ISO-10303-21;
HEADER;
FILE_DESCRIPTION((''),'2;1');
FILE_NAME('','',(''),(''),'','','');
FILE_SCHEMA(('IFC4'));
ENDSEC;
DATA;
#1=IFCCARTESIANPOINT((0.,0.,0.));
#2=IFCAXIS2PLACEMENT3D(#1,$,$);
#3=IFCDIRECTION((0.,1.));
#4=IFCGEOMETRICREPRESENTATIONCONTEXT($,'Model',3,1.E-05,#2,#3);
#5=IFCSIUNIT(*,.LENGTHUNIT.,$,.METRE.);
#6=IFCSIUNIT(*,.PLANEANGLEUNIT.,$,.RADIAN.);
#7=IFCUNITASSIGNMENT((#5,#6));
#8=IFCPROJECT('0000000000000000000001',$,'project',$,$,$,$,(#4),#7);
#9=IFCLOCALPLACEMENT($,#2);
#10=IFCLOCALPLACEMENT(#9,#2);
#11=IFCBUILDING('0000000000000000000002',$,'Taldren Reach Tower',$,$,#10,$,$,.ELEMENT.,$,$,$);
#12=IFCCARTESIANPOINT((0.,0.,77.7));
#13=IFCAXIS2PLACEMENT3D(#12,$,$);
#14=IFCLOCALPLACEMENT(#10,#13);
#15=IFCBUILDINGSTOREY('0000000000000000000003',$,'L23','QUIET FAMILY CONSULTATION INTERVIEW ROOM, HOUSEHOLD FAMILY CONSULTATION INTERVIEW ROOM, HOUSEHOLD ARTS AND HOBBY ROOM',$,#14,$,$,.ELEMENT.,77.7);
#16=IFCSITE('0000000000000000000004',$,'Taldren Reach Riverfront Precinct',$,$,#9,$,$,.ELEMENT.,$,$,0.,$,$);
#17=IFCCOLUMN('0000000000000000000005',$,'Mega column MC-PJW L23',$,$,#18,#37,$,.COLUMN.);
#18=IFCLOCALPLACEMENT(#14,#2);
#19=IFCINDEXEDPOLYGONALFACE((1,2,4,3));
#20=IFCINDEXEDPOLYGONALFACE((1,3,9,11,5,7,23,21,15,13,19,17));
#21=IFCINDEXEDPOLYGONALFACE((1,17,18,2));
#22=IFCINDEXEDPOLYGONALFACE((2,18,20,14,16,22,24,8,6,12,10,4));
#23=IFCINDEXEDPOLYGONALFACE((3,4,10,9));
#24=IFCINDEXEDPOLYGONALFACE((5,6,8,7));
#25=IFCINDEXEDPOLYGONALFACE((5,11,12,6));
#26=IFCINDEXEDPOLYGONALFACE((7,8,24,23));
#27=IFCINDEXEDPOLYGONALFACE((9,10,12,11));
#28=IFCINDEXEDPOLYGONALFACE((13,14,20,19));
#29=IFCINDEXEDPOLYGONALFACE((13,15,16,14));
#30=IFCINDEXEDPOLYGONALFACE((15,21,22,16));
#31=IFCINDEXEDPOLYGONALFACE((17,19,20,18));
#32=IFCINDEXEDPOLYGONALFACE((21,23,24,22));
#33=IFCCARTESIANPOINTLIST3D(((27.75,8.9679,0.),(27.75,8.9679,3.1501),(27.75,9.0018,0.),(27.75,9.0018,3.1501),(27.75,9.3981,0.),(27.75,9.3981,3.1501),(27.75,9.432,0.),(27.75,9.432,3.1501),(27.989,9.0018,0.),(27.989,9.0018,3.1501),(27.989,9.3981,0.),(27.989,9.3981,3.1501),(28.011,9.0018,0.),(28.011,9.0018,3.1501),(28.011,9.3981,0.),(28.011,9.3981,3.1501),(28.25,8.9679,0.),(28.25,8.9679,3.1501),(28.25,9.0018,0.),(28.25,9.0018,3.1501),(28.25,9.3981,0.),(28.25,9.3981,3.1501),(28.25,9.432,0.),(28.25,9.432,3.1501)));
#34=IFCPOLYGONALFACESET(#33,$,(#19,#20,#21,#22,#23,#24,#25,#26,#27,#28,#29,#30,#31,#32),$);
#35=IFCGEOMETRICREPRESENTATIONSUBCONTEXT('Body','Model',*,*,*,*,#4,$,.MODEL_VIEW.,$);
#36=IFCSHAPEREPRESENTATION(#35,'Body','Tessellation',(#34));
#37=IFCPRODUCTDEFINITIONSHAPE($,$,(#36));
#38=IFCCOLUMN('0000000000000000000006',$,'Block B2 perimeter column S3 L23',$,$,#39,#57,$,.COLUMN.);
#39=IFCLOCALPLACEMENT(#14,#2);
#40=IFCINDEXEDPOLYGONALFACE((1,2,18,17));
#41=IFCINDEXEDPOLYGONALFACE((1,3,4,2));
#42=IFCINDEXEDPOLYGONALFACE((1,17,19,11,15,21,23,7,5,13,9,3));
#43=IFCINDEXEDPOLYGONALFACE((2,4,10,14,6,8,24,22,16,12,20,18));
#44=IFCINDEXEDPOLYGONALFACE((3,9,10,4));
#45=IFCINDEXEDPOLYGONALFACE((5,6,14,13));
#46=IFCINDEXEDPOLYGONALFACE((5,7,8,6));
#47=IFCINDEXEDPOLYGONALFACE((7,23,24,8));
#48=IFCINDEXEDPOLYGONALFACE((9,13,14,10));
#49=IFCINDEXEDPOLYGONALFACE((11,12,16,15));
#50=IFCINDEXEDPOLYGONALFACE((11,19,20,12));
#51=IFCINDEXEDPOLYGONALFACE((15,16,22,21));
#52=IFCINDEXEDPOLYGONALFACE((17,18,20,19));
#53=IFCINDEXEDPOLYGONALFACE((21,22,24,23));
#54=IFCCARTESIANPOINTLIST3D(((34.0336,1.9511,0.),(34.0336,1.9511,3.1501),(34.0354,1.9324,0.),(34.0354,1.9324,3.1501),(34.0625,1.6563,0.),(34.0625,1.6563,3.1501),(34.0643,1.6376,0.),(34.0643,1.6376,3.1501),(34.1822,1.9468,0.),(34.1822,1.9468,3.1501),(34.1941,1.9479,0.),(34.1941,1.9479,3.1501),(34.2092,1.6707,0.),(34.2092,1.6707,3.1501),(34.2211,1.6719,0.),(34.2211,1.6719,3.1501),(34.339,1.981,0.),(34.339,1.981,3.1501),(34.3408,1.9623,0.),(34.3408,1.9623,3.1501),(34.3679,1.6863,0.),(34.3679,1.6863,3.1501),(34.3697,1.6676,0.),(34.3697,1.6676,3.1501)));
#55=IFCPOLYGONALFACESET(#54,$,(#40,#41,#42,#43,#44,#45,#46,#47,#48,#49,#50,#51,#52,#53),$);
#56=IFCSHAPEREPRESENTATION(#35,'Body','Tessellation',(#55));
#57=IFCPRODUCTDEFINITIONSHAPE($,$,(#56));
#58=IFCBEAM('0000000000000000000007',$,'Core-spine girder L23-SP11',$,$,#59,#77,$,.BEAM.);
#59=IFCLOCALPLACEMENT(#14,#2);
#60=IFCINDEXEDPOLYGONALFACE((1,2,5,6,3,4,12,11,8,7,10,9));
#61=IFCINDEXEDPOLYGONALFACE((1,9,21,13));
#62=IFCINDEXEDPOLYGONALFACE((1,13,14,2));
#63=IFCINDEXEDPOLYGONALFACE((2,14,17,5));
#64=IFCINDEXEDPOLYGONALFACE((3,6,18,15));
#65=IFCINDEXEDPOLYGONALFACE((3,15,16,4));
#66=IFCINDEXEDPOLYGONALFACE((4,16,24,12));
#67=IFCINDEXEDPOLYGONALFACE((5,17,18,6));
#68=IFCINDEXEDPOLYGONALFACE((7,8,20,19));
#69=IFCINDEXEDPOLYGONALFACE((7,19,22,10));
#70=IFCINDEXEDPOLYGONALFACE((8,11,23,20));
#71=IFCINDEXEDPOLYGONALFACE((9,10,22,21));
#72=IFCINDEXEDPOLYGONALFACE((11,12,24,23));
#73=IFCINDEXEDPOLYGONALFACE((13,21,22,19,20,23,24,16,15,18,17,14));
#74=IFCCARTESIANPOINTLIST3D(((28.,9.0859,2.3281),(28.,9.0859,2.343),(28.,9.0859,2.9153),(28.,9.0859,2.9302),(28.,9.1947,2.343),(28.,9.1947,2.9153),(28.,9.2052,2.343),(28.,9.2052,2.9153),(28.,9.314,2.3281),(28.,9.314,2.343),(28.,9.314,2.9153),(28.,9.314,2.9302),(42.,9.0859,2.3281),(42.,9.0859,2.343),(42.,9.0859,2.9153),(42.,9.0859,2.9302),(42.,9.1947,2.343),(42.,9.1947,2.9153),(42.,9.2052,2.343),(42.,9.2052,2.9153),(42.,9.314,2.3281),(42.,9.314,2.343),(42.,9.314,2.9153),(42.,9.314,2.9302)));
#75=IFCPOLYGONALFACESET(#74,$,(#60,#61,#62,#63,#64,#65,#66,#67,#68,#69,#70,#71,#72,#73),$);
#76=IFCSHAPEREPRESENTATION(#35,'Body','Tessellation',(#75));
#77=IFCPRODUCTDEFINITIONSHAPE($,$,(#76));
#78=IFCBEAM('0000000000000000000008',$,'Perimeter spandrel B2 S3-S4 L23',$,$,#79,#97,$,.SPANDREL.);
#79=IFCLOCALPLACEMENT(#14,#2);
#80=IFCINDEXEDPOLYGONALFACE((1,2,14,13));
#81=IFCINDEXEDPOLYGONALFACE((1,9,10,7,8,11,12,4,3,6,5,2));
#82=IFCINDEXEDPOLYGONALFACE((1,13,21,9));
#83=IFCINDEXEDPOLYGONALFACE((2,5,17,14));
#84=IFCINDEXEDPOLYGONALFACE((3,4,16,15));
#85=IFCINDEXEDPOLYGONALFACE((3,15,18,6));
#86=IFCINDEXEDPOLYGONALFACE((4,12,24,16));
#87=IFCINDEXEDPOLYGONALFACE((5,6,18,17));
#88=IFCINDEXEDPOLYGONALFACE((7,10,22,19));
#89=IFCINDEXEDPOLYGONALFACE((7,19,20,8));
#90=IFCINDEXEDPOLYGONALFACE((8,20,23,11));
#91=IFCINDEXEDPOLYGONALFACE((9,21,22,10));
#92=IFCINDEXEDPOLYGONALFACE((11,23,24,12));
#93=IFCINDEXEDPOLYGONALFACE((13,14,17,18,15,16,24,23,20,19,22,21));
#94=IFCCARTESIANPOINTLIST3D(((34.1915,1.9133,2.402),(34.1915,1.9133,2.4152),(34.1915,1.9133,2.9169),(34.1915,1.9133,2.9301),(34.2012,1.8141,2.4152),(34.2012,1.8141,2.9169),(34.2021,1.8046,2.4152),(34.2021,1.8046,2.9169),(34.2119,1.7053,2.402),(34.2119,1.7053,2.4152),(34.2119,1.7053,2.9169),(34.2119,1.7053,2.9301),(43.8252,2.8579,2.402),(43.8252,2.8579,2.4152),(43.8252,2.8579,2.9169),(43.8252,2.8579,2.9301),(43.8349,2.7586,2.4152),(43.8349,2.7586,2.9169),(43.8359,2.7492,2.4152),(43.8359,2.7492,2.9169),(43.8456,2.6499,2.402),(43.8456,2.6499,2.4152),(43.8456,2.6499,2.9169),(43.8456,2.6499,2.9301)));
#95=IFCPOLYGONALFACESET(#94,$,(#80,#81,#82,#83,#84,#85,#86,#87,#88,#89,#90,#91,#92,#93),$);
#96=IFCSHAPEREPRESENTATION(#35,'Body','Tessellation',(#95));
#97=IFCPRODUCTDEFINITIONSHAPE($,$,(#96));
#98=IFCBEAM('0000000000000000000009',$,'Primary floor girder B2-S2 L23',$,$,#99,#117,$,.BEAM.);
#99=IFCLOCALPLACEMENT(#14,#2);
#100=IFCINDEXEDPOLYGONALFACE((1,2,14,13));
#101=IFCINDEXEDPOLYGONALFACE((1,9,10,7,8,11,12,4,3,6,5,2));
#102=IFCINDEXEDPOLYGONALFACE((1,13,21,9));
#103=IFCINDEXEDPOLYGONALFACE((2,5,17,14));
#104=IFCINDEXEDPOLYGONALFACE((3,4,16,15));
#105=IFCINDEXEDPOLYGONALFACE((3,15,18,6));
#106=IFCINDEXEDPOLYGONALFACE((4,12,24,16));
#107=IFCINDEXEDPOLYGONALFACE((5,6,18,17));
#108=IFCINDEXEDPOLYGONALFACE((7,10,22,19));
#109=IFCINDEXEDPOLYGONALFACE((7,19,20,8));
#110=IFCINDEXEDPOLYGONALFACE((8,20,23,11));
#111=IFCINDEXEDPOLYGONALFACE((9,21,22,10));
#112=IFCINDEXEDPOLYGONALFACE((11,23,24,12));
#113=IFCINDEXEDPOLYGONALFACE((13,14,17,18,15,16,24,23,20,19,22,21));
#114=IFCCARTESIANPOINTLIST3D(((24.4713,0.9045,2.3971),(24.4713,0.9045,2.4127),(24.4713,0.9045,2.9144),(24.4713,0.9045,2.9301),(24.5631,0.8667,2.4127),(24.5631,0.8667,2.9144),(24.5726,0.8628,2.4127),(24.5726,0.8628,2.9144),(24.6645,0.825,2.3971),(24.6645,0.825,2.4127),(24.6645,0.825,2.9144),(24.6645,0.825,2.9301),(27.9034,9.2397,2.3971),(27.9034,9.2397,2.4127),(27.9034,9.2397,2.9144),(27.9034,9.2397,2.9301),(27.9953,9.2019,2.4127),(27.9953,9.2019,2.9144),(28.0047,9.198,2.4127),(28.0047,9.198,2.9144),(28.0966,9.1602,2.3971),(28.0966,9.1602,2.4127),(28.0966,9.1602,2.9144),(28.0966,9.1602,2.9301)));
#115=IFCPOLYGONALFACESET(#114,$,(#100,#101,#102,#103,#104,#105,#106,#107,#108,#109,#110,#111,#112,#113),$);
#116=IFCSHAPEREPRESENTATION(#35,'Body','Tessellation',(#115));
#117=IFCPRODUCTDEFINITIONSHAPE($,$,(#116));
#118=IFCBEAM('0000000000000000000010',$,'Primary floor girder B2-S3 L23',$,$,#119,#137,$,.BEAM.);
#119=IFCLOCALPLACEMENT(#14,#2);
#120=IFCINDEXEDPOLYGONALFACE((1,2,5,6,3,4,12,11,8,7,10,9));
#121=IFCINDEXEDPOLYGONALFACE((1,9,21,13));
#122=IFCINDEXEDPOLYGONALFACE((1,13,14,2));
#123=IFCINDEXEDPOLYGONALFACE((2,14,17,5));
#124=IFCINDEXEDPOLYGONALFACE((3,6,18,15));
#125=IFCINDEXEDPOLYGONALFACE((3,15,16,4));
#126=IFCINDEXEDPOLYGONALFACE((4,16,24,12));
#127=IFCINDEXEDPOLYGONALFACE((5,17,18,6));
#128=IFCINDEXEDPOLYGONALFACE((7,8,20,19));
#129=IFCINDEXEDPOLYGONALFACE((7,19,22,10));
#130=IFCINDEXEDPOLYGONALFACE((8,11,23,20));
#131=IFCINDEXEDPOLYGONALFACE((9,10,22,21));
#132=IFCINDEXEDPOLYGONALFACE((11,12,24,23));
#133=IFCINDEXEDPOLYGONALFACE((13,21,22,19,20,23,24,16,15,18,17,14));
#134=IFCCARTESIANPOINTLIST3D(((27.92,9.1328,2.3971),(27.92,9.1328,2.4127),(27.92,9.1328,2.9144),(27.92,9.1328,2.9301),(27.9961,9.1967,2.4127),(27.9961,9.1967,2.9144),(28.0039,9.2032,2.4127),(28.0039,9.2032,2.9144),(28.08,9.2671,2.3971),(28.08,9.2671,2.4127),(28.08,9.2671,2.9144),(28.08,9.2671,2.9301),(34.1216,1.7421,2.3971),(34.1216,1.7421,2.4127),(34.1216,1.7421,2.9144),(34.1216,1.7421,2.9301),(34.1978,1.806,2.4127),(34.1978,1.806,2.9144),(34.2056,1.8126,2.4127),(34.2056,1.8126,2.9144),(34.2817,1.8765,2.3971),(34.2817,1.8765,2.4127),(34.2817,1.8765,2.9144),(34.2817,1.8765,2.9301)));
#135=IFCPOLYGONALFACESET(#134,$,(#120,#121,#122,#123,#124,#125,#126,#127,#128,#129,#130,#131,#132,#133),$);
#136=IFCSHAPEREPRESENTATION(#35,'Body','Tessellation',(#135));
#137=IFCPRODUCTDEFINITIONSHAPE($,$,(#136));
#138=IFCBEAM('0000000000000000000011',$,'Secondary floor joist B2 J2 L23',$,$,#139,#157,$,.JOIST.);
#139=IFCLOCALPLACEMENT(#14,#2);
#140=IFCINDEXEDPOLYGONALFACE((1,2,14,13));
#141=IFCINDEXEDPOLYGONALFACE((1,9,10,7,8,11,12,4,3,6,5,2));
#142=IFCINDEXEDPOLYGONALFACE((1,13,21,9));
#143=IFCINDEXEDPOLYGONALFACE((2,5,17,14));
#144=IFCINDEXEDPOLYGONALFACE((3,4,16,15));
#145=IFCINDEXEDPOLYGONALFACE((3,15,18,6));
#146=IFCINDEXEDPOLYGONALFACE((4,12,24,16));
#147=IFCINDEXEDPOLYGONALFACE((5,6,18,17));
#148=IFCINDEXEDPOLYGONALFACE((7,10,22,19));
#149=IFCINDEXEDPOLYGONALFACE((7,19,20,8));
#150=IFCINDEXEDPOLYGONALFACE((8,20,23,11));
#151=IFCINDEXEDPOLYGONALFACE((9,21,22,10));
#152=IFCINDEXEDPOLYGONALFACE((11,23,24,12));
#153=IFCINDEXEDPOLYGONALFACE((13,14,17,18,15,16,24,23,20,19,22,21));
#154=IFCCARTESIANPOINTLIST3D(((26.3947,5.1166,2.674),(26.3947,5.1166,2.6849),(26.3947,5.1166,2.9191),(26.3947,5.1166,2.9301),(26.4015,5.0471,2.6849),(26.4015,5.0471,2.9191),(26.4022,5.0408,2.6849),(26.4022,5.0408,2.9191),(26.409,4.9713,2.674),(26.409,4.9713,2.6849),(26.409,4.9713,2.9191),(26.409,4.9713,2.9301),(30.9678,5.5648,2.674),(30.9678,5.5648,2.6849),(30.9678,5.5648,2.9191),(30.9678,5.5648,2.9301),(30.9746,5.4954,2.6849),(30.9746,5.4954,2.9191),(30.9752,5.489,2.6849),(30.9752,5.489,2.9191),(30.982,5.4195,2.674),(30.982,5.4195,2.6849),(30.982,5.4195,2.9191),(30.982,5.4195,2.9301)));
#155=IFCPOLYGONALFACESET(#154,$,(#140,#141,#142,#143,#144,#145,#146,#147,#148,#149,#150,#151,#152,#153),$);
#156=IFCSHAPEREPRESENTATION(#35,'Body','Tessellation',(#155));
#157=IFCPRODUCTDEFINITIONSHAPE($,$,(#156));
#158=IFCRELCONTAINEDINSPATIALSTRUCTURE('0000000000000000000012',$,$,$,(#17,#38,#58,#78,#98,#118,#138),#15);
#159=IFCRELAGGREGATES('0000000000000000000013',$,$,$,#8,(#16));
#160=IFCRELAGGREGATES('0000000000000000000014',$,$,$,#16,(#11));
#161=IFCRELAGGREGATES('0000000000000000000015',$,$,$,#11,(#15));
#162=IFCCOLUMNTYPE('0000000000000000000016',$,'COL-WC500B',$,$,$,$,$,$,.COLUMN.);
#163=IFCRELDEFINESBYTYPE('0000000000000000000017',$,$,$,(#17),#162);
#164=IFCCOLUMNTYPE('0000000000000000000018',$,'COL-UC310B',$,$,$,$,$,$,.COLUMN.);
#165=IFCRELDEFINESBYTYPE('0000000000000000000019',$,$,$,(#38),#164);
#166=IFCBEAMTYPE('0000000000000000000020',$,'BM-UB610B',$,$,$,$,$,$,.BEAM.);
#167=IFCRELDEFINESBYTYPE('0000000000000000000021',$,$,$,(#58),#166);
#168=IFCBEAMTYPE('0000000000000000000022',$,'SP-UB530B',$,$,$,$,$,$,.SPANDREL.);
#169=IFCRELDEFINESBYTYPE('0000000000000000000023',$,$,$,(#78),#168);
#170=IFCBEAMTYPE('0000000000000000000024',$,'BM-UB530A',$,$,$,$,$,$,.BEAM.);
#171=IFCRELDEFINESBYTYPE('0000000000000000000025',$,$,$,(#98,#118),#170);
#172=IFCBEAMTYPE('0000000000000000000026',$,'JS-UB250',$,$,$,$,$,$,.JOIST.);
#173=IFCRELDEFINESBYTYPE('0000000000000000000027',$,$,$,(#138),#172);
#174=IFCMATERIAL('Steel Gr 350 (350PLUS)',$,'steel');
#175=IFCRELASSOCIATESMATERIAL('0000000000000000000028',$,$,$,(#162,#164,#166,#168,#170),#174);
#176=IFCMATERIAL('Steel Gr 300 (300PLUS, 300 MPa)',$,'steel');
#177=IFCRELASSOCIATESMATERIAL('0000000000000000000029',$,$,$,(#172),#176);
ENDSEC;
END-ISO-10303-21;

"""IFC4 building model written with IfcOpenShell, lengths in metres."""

from ifc_helpers import new_model, si_unit, direction, frame, origin, origin_2d, place, context, subcontext, project, spatial, i_section, extrude, source, transform, mapped, material, material_profile, profile_set, type_object, element, save


model = new_model("IFC4")

# Units and contexts
model_context = context("Model", 3, precision=1e-05, world=origin(), true_north=direction((0.0, 1.0)))
body_context = subcontext(model_context, "Body", "Model", "MODEL_VIEW")
ifc_project = project(units=[si_unit("LENGTHUNIT", "METRE"), si_unit("PLANEANGLEUNIT", "RADIAN")], contexts=[model_context])

# Site, building, storey
site_placement = place(None, origin())
site = spatial("IfcSite", under=ifc_project, at=site_placement, Name="Taldren Reach Riverfront Precinct", CompositionType="ELEMENT", RefElevation=0.0)
building_placement = place(site_placement, origin())
building = spatial("IfcBuilding", under=site, at=building_placement, Name="Taldren Reach Tower", CompositionType="ELEMENT")
storey_placement = place(building_placement, frame((0.0, 0.0, 77.7)))
storey = spatial("IfcBuildingStorey", under=building, at=storey_placement, Name="L23", Description="QUIET FAMILY CONSULTATION INTERVIEW ROOM, HOUSEHOLD FAMILY CONSULTATION INTERVIEW ROOM, HOUSEHOLD ARTS AND HOBBY ROOM", CompositionType="ELEMENT", Elevation=77.7)

# Columns
ifc_material_1 = material(Name="Steel Gr 350 (350PLUS)", Category="steel")
ifc_material_profile_1 = material_profile(ifc_material_1, i_section(OverallWidth=0.5, OverallDepth=0.4641, WebThickness=0.022, FlangeThickness=0.0339, at=origin_2d()), Name="500WC340")
ifc_profile_set_1 = profile_set([ifc_material_profile_1], Name="Steel Gr 350 (350PLUS)")
column_type_1 = type_object("IfcColumnType", Name="COL-WC500B", PredefinedType="COLUMN", material=ifc_profile_set_1)
shared_shape_1 = source(origin(), body_context, "Body", "SweptSolid", [
    extrude(i_section(OverallWidth=0.5, OverallDepth=0.4641, WebThickness=0.022, FlangeThickness=0.0339, at=origin_2d()), origin(), (0.0, 0.0, 1.0), 3.1501),
])
column_1_placement = place(storey_placement, frame((28.0, 9.2, 0.0), z_axis=(0.0, 0.0, 1.0), x_axis=(1.0, 0.0, 0.0)))
element("IfcColumn", 1, at=column_1_placement, inside=storey, type_object=column_type_1, Name="Mega column MC-PJW L23", PredefinedType="COLUMN", context=body_context, shape_type="MappedRepresentation", body=[
    mapped(shared_shape_1, transform((0.0, 0.0, 0.0), scale=1.0)),
])
ifc_material_profile_2 = material_profile(ifc_material_1, i_section(OverallWidth=0.3069, OverallDepth=0.3149, WebThickness=0.012, FlangeThickness=0.0188, at=origin_2d()), Name="310UC118")
ifc_profile_set_2 = profile_set([ifc_material_profile_2], Name="Steel Gr 350 (350PLUS)")
column_type_2 = type_object("IfcColumnType", Name="COL-UC310B", PredefinedType="COLUMN", material=ifc_profile_set_2)
shared_shape_2 = source(origin(), body_context, "Body", "SweptSolid", [
    extrude(i_section(OverallWidth=0.3069, OverallDepth=0.3149, WebThickness=0.012, FlangeThickness=0.0188, at=origin_2d()), origin(), (0.0, 0.0, 1.0), 3.1501),
])
column_2_placement = place(storey_placement, frame((34.2017, 1.8093, 0.0), z_axis=(0.0, 0.0, 1.0), x_axis=(0.995227, 0.097583, 0.0)))
element("IfcColumn", 2, at=column_2_placement, inside=storey, type_object=column_type_2, Name="Block B2 perimeter column S3 L23", PredefinedType="COLUMN", context=body_context, shape_type="MappedRepresentation", body=[
    mapped(shared_shape_2, transform((0.0, 0.0, 0.0), scale=1.0)),
])

# Beams
ifc_material_profile_3 = material_profile(ifc_material_1, i_section(OverallWidth=0.228, OverallDepth=0.6021, WebThickness=0.0105, FlangeThickness=0.0149, at=origin_2d()), Name="610UB101")
ifc_profile_set_3 = profile_set([ifc_material_profile_3], Name="Steel Gr 350 (350PLUS)")
beam_type_1 = type_object("IfcBeamType", Name="BM-UB610B", PredefinedType="BEAM", material=ifc_profile_set_3)
shared_shape_3 = source(origin(), body_context, "Body", "SweptSolid", [
    extrude(i_section(OverallWidth=0.228, OverallDepth=0.6021, WebThickness=0.0105, FlangeThickness=0.0149, at=origin_2d()), origin(), (0.0, 0.0, 1.0), 14.0),
])
beam_1_placement = place(storey_placement, frame((28.0, 9.2, 2.6292), z_axis=(1.0, 0.0, 0.0), x_axis=(0.0, 1.0, 0.0)))
element("IfcBeam", 3, at=beam_1_placement, inside=storey, type_object=beam_type_1, Name="Core-spine girder L23-SP11", PredefinedType="BEAM", context=body_context, shape_type="MappedRepresentation", body=[
    mapped(shared_shape_3, transform((0.0, 0.0, 0.0), scale=1.0)),
])
ifc_material_profile_4 = material_profile(ifc_material_1, i_section(OverallWidth=0.209, OverallDepth=0.5281, WebThickness=0.0095, FlangeThickness=0.0132, at=origin_2d()), Name="530UB82.0")
ifc_profile_set_4 = profile_set([ifc_material_profile_4], Name="Steel Gr 350 (350PLUS)")
beam_type_2 = type_object("IfcBeamType", Name="SP-UB530B", PredefinedType="SPANDREL", material=ifc_profile_set_4)
shared_shape_4 = source(origin(), body_context, "Body", "SweptSolid", [
    extrude(i_section(OverallWidth=0.209, OverallDepth=0.5281, WebThickness=0.0095, FlangeThickness=0.0132, at=origin_2d()), origin(), (0.0, 0.0, 1.0), 9.6799),
])
beam_2_placement = place(storey_placement, frame((34.2017, 1.8093, 2.666), z_axis=(0.995228, 0.097581, 0.0), x_axis=(-0.097581, 0.995228, 0.0)))
element("IfcBeam", 4, at=beam_2_placement, inside=storey, type_object=beam_type_2, Name="Perimeter spandrel B2 S3-S4 L23", PredefinedType="SPANDREL", context=body_context, shape_type="MappedRepresentation", body=[
    mapped(shared_shape_4, transform((0.0, 0.0, 0.0), scale=1.0)),
])
ifc_material_profile_5 = material_profile(ifc_material_1, i_section(OverallWidth=0.209, OverallDepth=0.533, WebThickness=0.0103, FlangeThickness=0.0156, at=origin_2d()), Name="530UB92.4")
ifc_profile_set_5 = profile_set([ifc_material_profile_5], Name="Steel Gr 350 (350PLUS)")
beam_type_3 = type_object("IfcBeamType", Name="BM-UB530A", PredefinedType="BEAM", material=ifc_profile_set_5)
shared_shape_5 = source(origin(), body_context, "Body", "SweptSolid", [
    extrude(i_section(OverallWidth=0.209, OverallDepth=0.533, WebThickness=0.0103, FlangeThickness=0.0156, at=origin_2d()), origin(), (0.0, 0.0, 1.0), 9.0142),
])
beam_3_placement = place(storey_placement, frame((28.0, 9.2, 2.6636), z_axis=(-0.380748, -0.924679, 0.0), x_axis=(0.924679, -0.380748, 0.0)))
element("IfcBeam", 5, at=beam_3_placement, inside=storey, type_object=beam_type_3, Name="Primary floor girder B2-S2 L23", PredefinedType="BEAM", context=body_context, shape_type="MappedRepresentation", body=[
    mapped(shared_shape_5, transform((0.0, 0.0, 0.0), scale=1.0)),
])
shared_shape_6 = source(origin(), body_context, "Body", "SweptSolid", [
    extrude(i_section(OverallWidth=0.209, OverallDepth=0.533, WebThickness=0.0103, FlangeThickness=0.0156, at=origin_2d()), origin(), (0.0, 0.0, 1.0), 9.6479),
])
beam_4_placement = place(storey_placement, frame((28.0, 9.2, 2.6636), z_axis=(0.642799, -0.766035, 0.0), x_axis=(0.766035, 0.642799, 0.0)))
element("IfcBeam", 6, at=beam_4_placement, inside=storey, type_object=beam_type_3, Name="Primary floor girder B2-S3 L23", PredefinedType="BEAM", context=body_context, shape_type="MappedRepresentation", body=[
    mapped(shared_shape_6, transform((0.0, 0.0, 0.0), scale=1.0)),
])
ifc_material_2 = material(Name="Steel Gr 300 (300PLUS, 300 MPa)", Category="steel")
ifc_material_profile_6 = material_profile(ifc_material_2, i_section(OverallWidth=0.146, OverallDepth=0.2561, WebThickness=0.0063, FlangeThickness=0.011, at=origin_2d()), Name="250UB37.3")
ifc_profile_set_6 = profile_set([ifc_material_profile_6], Name="Steel Gr 300 (300PLUS, 300 MPa)")
beam_type_4 = type_object("IfcBeamType", Name="JS-UB250", PredefinedType="JOIST", material=ifc_profile_set_6)
shared_shape_7 = source(origin(), body_context, "Body", "SweptSolid", [
    extrude(i_section(OverallWidth=0.146, OverallDepth=0.2561, WebThickness=0.0063, FlangeThickness=0.011, at=origin_2d()), origin(), (0.0, 0.0, 1.0), 4.595),
])
beam_5_placement = place(storey_placement, frame((26.4019, 5.0439, 2.802), z_axis=(0.99523, 0.097552, 0.0), x_axis=(-0.097552, 0.99523, 0.0)))
element("IfcBeam", 7, at=beam_5_placement, inside=storey, type_object=beam_type_4, Name="Secondary floor joist B2 J2 L23", PredefinedType="JOIST", context=body_context, shape_type="MappedRepresentation", body=[
    mapped(shared_shape_7, transform((0.0, 0.0, 0.0), scale=1.0)),
])

save(model, "model.ifc")
